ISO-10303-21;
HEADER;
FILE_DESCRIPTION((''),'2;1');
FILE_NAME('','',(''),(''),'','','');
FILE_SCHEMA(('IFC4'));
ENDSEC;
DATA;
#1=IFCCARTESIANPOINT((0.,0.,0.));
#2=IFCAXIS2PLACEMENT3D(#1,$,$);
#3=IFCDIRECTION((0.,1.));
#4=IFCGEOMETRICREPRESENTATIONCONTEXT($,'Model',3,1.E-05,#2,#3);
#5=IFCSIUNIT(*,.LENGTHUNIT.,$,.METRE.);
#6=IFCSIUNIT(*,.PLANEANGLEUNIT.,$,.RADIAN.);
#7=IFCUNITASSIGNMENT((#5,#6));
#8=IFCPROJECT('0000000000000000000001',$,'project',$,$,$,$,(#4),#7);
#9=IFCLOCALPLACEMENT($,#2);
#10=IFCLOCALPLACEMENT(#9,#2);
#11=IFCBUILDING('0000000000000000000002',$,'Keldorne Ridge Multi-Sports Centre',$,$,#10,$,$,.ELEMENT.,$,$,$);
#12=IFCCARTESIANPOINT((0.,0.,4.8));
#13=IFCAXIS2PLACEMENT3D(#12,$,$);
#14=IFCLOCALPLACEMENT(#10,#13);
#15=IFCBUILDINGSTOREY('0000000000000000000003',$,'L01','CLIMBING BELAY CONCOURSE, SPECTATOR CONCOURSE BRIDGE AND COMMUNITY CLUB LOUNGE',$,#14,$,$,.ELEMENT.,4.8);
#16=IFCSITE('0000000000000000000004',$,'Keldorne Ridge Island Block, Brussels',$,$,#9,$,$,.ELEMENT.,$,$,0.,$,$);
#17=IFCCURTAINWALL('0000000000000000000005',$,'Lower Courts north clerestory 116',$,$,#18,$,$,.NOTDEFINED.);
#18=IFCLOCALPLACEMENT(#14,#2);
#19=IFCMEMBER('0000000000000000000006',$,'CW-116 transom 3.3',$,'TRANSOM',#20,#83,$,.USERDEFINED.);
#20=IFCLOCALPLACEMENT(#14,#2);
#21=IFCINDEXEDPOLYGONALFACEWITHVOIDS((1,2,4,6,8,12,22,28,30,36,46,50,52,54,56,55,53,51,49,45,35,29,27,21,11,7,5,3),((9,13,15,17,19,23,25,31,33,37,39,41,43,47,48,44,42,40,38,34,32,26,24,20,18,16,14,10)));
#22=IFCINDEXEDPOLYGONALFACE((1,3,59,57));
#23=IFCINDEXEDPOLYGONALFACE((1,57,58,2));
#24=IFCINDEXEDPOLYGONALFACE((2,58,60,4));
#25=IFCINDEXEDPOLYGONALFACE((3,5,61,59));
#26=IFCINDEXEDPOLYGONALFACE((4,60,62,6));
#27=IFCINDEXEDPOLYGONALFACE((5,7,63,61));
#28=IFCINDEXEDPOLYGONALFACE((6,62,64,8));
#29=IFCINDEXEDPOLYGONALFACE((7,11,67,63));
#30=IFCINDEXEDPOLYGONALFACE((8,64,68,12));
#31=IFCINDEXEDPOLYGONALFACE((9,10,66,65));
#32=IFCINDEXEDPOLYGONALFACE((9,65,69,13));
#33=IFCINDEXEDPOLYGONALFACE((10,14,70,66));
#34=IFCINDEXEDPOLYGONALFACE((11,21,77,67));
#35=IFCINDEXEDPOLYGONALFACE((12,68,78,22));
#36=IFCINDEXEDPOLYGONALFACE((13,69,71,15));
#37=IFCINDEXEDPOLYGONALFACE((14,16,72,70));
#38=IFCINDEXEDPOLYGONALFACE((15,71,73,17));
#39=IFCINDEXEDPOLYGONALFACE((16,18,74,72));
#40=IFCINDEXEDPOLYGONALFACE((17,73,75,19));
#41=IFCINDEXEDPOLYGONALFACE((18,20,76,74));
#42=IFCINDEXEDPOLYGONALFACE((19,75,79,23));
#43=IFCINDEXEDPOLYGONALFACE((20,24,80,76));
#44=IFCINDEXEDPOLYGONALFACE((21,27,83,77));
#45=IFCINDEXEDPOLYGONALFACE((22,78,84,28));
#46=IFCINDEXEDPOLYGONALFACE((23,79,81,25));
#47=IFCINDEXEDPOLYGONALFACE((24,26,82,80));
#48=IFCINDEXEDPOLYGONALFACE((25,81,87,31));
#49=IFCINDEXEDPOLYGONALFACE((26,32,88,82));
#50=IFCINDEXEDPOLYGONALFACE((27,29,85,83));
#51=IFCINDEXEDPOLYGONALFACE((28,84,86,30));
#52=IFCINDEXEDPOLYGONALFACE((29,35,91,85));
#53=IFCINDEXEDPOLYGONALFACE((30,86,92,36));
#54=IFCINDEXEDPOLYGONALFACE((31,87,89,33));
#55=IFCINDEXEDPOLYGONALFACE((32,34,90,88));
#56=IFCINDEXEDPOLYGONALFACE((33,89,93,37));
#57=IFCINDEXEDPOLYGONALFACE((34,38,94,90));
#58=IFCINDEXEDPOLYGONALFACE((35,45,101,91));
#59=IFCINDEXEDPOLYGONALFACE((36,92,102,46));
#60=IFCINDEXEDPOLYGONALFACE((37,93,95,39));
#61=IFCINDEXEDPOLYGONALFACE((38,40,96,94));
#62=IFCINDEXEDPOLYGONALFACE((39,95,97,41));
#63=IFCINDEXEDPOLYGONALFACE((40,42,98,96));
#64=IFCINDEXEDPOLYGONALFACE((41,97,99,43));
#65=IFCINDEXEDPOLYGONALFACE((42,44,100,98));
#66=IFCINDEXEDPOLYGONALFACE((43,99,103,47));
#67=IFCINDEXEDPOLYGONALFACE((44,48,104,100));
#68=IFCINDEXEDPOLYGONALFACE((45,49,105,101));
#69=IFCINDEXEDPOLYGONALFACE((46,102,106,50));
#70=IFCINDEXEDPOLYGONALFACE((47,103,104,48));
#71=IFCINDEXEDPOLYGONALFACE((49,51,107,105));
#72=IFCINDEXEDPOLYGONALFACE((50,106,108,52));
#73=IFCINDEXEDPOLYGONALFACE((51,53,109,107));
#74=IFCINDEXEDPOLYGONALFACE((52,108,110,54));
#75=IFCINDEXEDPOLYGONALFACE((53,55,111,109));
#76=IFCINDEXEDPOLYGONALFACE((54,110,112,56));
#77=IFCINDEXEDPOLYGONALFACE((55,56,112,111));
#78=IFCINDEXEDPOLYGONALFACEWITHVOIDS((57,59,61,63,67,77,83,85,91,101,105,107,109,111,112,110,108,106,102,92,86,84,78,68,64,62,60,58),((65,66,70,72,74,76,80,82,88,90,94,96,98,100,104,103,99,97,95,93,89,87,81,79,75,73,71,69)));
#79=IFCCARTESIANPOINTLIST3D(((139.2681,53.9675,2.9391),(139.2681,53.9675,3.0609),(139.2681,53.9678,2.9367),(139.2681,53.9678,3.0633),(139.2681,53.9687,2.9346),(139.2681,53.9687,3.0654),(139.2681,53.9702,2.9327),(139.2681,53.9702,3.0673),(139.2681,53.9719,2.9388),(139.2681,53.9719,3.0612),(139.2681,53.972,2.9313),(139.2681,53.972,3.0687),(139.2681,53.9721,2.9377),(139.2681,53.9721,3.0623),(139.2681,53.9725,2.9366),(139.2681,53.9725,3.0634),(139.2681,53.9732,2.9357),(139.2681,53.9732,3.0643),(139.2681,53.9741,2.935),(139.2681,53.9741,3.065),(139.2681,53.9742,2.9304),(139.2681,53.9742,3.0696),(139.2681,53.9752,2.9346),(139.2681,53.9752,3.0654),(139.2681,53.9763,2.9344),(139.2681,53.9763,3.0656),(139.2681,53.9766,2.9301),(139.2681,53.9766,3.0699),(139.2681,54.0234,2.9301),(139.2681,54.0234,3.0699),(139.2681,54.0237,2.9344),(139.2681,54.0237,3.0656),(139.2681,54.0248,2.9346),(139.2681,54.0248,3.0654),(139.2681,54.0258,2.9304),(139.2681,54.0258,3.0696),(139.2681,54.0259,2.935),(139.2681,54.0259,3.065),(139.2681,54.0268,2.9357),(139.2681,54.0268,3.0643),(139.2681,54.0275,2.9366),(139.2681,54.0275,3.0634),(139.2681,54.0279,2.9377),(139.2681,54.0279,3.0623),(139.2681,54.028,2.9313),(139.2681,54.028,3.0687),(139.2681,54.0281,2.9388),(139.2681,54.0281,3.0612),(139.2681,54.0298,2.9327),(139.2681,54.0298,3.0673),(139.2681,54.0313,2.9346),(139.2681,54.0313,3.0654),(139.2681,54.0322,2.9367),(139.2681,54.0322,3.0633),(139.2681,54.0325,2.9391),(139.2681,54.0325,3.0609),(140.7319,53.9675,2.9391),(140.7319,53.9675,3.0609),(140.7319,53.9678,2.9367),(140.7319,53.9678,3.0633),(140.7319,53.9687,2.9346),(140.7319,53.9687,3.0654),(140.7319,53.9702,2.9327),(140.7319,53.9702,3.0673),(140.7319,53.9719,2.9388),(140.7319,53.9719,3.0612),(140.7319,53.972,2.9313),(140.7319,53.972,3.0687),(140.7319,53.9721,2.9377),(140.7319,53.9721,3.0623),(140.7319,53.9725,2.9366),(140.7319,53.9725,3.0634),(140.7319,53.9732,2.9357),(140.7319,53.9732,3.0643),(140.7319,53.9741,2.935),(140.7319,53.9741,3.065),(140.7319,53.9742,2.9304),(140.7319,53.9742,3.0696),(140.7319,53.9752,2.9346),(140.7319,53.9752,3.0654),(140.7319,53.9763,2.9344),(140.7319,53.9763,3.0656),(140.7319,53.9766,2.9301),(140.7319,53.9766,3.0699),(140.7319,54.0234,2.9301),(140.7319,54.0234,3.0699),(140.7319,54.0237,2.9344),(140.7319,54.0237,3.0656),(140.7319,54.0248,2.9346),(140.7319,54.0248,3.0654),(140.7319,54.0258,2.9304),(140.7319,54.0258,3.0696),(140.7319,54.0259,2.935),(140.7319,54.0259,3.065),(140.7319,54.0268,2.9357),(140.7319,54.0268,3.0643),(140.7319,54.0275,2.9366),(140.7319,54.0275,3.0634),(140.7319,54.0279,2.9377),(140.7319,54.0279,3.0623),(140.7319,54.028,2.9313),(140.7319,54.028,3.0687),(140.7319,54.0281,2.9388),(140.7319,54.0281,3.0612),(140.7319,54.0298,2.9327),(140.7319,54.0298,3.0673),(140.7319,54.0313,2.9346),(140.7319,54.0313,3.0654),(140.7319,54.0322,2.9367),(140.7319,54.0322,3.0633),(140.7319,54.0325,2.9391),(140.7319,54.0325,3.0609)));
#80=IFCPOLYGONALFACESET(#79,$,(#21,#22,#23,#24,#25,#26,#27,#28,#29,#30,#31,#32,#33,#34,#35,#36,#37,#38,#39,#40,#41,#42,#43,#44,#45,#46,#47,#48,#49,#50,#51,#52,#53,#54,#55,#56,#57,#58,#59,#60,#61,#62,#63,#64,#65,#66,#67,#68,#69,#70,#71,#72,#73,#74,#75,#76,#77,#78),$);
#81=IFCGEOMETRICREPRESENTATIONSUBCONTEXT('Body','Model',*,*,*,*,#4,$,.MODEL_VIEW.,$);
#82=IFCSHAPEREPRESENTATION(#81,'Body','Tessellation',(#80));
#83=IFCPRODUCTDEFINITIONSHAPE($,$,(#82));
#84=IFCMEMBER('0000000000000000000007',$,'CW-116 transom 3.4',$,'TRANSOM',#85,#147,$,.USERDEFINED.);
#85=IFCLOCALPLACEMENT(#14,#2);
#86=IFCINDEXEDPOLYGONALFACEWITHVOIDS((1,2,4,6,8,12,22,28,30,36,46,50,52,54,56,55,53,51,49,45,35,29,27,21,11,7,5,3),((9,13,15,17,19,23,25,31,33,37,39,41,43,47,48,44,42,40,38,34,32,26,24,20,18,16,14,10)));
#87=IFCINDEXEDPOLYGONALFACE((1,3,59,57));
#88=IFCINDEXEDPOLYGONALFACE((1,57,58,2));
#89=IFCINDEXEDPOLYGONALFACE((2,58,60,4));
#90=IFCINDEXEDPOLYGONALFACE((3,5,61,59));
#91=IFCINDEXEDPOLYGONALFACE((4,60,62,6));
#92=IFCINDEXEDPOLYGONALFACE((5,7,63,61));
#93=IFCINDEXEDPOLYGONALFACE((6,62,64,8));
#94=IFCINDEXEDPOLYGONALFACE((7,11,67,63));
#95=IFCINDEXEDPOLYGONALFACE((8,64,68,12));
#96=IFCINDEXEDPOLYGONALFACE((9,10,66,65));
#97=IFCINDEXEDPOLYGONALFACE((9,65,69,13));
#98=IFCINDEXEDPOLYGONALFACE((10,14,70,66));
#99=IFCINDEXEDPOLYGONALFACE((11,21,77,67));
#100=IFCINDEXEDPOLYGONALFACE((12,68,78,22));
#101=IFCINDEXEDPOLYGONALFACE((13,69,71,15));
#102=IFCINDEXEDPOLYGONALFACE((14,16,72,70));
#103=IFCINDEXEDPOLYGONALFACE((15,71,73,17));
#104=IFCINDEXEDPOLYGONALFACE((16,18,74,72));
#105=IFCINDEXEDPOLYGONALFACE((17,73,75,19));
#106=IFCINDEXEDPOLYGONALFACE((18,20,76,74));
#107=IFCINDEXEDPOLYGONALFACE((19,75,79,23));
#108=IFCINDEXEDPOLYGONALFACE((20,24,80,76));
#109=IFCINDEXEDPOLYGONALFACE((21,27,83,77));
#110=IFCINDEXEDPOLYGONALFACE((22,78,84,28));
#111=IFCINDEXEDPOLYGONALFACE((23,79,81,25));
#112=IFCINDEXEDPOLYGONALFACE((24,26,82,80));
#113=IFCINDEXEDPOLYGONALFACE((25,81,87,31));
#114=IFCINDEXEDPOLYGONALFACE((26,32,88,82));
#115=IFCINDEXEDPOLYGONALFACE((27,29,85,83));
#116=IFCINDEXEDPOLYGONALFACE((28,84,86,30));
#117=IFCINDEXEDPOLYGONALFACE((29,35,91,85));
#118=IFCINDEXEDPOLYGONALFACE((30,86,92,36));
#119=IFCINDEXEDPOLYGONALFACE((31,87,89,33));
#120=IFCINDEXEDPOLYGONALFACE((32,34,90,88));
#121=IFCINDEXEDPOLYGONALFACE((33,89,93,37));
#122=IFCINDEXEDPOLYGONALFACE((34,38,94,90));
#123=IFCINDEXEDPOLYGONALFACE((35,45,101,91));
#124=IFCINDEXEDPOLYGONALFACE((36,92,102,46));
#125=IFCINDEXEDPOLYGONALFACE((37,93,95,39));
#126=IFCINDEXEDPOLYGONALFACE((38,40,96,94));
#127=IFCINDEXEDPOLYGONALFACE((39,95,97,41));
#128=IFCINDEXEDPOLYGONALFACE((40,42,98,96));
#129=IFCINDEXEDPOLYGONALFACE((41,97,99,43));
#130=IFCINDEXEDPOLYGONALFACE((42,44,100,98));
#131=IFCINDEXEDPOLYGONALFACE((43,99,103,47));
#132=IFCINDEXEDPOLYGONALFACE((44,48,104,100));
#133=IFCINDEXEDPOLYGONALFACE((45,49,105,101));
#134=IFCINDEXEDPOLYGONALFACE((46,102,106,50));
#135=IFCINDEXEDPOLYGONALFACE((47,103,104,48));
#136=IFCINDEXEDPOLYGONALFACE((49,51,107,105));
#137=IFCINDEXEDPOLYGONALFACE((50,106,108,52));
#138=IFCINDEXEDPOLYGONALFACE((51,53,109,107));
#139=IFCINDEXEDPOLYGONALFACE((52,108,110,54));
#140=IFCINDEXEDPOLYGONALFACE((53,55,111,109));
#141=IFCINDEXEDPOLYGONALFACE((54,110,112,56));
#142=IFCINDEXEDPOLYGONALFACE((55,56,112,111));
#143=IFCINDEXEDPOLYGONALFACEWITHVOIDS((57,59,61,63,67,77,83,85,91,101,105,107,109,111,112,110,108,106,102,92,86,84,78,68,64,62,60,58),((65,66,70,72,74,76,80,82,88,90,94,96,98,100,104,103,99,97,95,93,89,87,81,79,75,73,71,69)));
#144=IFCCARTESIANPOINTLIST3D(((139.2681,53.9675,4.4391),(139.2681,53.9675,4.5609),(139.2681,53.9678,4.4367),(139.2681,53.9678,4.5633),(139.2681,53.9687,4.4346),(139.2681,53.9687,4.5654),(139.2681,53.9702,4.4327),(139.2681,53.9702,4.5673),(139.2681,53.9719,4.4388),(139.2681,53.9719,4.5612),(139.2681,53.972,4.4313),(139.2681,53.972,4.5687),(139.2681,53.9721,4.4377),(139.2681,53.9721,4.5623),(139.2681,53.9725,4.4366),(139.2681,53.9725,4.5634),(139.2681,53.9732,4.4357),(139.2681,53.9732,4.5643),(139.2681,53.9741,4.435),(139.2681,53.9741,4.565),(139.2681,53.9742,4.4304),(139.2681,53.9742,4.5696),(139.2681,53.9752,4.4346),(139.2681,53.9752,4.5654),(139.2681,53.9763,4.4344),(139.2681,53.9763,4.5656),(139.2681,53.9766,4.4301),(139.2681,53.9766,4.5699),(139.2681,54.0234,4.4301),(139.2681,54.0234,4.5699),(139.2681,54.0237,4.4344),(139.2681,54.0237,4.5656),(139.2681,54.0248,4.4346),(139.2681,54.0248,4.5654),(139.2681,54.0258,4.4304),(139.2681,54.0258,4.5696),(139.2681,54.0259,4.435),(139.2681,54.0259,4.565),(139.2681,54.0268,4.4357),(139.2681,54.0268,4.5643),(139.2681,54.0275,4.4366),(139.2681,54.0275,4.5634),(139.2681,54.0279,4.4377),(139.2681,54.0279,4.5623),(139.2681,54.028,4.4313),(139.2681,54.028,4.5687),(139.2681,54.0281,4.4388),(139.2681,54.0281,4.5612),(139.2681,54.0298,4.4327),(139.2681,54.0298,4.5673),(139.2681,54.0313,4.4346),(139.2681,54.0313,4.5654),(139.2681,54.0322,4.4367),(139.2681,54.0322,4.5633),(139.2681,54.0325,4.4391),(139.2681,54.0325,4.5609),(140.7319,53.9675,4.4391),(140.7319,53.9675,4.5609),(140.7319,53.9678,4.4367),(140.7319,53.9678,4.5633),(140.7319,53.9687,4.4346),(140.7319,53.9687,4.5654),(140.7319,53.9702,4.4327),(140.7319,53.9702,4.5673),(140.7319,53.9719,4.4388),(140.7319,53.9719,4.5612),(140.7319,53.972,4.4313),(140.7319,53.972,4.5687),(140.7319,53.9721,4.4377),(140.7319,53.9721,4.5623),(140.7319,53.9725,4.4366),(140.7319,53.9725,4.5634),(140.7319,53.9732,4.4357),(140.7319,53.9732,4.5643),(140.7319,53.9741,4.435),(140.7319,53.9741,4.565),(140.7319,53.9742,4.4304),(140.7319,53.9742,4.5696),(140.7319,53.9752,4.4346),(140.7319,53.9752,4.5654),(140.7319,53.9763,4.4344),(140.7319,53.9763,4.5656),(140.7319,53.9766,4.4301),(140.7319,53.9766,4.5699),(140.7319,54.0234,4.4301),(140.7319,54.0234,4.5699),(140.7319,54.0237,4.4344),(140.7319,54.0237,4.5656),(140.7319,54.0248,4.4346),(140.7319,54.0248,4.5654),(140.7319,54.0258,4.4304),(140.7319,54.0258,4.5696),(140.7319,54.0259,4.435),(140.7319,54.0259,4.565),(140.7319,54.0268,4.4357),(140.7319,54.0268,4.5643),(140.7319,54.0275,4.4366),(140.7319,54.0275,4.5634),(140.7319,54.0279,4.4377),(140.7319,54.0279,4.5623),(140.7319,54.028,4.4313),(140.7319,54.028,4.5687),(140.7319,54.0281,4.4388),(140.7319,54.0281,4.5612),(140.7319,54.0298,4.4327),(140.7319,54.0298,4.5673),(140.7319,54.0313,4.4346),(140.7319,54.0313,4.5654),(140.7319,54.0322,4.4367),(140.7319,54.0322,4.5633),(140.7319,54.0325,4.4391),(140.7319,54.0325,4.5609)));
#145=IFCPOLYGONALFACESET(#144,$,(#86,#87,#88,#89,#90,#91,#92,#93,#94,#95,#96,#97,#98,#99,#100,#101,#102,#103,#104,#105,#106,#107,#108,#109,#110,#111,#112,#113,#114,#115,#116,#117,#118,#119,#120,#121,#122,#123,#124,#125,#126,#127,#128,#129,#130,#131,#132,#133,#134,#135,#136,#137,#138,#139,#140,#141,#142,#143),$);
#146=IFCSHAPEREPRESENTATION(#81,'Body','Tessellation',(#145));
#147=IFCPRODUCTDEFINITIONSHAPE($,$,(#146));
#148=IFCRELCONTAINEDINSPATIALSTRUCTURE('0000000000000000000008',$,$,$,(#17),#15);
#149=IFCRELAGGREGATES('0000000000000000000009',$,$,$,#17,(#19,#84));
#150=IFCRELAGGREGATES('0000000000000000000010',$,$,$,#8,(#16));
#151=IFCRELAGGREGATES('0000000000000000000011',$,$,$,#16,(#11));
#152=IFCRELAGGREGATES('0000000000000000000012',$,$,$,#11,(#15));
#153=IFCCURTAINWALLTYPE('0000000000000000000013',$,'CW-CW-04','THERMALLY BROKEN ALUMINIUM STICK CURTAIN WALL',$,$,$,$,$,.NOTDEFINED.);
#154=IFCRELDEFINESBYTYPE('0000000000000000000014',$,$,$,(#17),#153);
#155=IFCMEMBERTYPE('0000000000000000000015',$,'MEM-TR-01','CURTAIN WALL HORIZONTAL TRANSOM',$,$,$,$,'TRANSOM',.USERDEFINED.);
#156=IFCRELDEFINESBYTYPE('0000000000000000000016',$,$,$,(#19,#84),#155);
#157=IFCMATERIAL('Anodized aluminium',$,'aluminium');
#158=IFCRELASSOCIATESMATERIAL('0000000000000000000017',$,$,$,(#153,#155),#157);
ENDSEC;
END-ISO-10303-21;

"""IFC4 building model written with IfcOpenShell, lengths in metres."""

from ifc_helpers import new_model, si_unit, direction, frame, origin, origin_2d, place, context, subcontext, project, spatial, hollow_rectangle, extrude, material, material_profile, profile_set, type_object, element, aggregate, save


model = new_model("IFC4")

# Units and contexts
model_context = context("Model", 3, precision=1e-05, world=origin(), true_north=direction((0.0, 1.0)))
body_context = subcontext(model_context, "Body", "Model", "MODEL_VIEW")
ifc_project = project(units=[si_unit("LENGTHUNIT", "METRE"), si_unit("PLANEANGLEUNIT", "RADIAN")], contexts=[model_context])

# Site, building, storey
site_placement = place(None, origin())
site = spatial("IfcSite", under=ifc_project, at=site_placement, Name="Keldorne Ridge Island Block, Brussels", CompositionType="ELEMENT", RefElevation=0.0)
building_placement = place(site_placement, origin())
building = spatial("IfcBuilding", under=site, at=building_placement, Name="Keldorne Ridge Multi-Sports Centre", CompositionType="ELEMENT")
storey_placement = place(building_placement, frame((0.0, 0.0, 4.8)))
storey = spatial("IfcBuildingStorey", under=building, at=storey_placement, Name="L01", Description="CLIMBING BELAY CONCOURSE, SPECTATOR CONCOURSE BRIDGE AND COMMUNITY CLUB LOUNGE", CompositionType="ELEMENT", Elevation=4.8)

# Curtain wall
ifc_material_1 = material(Name="Anodized aluminium", Category="aluminium")
curtain_wall_type = type_object("IfcCurtainWallType", Name="CW-CW-04", Description="THERMALLY BROKEN ALUMINIUM STICK CURTAIN WALL", PredefinedType="NOTDEFINED", material=ifc_material_1)
curtain_wall_placement = place(storey_placement, origin())
curtain_wall = element("IfcCurtainWall", 1, at=curtain_wall_placement, inside=storey, type_object=curtain_wall_type, Name="Lower Courts north clerestory 116", PredefinedType="NOTDEFINED")

# Members
ifc_material_profile_1 = material_profile(ifc_material_1, hollow_rectangle(XDim=0.0649, YDim=0.1399, WallThickness=0.0044, InnerFilletRadius=0.0044, OuterFilletRadius=0.009, at=origin_2d()), Name="ALU TRANSOM 140x65x4.5")
ifc_profile_set_1 = profile_set([ifc_material_profile_1], Name="Anodized aluminium")
member_type_1 = type_object("IfcMemberType", Name="MEM-TR-01", Description="CURTAIN WALL HORIZONTAL TRANSOM", ElementType="TRANSOM", PredefinedType="USERDEFINED", material=ifc_profile_set_1)
member_1_placement = place(storey_placement, frame((140.7319, 54.0, 3.0), z_axis=(-1.0, 0.0, 0.0), x_axis=(0.0, -1.0, 0.0)))
member_1 = element("IfcMember", 2, at=member_1_placement, type_object=member_type_1, Name="CW-116 transom 3.3", ObjectType="TRANSOM", PredefinedType="USERDEFINED", context=body_context, shape_type="SweptSolid", body=[
    extrude(hollow_rectangle(XDim=0.0649, YDim=0.1399, WallThickness=0.0044, InnerFilletRadius=0.0044, OuterFilletRadius=0.009, at=origin_2d()), origin(), (0.0, 0.0, 1.0), 1.4639),
])
member_2_placement = place(storey_placement, frame((140.7319, 54.0, 4.5), z_axis=(-1.0, 0.0, 0.0), x_axis=(0.0, -1.0, 0.0)))
member_2 = element("IfcMember", 3, at=member_2_placement, type_object=member_type_1, Name="CW-116 transom 3.4", ObjectType="TRANSOM", PredefinedType="USERDEFINED", context=body_context, shape_type="SweptSolid", body=[
    extrude(hollow_rectangle(XDim=0.0649, YDim=0.1399, WallThickness=0.0044, InnerFilletRadius=0.0044, OuterFilletRadius=0.009, at=origin_2d()), origin(), (0.0, 0.0, 1.0), 1.4639),
])

aggregate(curtain_wall, [member_1, member_2])

save(model, "model.ifc")
